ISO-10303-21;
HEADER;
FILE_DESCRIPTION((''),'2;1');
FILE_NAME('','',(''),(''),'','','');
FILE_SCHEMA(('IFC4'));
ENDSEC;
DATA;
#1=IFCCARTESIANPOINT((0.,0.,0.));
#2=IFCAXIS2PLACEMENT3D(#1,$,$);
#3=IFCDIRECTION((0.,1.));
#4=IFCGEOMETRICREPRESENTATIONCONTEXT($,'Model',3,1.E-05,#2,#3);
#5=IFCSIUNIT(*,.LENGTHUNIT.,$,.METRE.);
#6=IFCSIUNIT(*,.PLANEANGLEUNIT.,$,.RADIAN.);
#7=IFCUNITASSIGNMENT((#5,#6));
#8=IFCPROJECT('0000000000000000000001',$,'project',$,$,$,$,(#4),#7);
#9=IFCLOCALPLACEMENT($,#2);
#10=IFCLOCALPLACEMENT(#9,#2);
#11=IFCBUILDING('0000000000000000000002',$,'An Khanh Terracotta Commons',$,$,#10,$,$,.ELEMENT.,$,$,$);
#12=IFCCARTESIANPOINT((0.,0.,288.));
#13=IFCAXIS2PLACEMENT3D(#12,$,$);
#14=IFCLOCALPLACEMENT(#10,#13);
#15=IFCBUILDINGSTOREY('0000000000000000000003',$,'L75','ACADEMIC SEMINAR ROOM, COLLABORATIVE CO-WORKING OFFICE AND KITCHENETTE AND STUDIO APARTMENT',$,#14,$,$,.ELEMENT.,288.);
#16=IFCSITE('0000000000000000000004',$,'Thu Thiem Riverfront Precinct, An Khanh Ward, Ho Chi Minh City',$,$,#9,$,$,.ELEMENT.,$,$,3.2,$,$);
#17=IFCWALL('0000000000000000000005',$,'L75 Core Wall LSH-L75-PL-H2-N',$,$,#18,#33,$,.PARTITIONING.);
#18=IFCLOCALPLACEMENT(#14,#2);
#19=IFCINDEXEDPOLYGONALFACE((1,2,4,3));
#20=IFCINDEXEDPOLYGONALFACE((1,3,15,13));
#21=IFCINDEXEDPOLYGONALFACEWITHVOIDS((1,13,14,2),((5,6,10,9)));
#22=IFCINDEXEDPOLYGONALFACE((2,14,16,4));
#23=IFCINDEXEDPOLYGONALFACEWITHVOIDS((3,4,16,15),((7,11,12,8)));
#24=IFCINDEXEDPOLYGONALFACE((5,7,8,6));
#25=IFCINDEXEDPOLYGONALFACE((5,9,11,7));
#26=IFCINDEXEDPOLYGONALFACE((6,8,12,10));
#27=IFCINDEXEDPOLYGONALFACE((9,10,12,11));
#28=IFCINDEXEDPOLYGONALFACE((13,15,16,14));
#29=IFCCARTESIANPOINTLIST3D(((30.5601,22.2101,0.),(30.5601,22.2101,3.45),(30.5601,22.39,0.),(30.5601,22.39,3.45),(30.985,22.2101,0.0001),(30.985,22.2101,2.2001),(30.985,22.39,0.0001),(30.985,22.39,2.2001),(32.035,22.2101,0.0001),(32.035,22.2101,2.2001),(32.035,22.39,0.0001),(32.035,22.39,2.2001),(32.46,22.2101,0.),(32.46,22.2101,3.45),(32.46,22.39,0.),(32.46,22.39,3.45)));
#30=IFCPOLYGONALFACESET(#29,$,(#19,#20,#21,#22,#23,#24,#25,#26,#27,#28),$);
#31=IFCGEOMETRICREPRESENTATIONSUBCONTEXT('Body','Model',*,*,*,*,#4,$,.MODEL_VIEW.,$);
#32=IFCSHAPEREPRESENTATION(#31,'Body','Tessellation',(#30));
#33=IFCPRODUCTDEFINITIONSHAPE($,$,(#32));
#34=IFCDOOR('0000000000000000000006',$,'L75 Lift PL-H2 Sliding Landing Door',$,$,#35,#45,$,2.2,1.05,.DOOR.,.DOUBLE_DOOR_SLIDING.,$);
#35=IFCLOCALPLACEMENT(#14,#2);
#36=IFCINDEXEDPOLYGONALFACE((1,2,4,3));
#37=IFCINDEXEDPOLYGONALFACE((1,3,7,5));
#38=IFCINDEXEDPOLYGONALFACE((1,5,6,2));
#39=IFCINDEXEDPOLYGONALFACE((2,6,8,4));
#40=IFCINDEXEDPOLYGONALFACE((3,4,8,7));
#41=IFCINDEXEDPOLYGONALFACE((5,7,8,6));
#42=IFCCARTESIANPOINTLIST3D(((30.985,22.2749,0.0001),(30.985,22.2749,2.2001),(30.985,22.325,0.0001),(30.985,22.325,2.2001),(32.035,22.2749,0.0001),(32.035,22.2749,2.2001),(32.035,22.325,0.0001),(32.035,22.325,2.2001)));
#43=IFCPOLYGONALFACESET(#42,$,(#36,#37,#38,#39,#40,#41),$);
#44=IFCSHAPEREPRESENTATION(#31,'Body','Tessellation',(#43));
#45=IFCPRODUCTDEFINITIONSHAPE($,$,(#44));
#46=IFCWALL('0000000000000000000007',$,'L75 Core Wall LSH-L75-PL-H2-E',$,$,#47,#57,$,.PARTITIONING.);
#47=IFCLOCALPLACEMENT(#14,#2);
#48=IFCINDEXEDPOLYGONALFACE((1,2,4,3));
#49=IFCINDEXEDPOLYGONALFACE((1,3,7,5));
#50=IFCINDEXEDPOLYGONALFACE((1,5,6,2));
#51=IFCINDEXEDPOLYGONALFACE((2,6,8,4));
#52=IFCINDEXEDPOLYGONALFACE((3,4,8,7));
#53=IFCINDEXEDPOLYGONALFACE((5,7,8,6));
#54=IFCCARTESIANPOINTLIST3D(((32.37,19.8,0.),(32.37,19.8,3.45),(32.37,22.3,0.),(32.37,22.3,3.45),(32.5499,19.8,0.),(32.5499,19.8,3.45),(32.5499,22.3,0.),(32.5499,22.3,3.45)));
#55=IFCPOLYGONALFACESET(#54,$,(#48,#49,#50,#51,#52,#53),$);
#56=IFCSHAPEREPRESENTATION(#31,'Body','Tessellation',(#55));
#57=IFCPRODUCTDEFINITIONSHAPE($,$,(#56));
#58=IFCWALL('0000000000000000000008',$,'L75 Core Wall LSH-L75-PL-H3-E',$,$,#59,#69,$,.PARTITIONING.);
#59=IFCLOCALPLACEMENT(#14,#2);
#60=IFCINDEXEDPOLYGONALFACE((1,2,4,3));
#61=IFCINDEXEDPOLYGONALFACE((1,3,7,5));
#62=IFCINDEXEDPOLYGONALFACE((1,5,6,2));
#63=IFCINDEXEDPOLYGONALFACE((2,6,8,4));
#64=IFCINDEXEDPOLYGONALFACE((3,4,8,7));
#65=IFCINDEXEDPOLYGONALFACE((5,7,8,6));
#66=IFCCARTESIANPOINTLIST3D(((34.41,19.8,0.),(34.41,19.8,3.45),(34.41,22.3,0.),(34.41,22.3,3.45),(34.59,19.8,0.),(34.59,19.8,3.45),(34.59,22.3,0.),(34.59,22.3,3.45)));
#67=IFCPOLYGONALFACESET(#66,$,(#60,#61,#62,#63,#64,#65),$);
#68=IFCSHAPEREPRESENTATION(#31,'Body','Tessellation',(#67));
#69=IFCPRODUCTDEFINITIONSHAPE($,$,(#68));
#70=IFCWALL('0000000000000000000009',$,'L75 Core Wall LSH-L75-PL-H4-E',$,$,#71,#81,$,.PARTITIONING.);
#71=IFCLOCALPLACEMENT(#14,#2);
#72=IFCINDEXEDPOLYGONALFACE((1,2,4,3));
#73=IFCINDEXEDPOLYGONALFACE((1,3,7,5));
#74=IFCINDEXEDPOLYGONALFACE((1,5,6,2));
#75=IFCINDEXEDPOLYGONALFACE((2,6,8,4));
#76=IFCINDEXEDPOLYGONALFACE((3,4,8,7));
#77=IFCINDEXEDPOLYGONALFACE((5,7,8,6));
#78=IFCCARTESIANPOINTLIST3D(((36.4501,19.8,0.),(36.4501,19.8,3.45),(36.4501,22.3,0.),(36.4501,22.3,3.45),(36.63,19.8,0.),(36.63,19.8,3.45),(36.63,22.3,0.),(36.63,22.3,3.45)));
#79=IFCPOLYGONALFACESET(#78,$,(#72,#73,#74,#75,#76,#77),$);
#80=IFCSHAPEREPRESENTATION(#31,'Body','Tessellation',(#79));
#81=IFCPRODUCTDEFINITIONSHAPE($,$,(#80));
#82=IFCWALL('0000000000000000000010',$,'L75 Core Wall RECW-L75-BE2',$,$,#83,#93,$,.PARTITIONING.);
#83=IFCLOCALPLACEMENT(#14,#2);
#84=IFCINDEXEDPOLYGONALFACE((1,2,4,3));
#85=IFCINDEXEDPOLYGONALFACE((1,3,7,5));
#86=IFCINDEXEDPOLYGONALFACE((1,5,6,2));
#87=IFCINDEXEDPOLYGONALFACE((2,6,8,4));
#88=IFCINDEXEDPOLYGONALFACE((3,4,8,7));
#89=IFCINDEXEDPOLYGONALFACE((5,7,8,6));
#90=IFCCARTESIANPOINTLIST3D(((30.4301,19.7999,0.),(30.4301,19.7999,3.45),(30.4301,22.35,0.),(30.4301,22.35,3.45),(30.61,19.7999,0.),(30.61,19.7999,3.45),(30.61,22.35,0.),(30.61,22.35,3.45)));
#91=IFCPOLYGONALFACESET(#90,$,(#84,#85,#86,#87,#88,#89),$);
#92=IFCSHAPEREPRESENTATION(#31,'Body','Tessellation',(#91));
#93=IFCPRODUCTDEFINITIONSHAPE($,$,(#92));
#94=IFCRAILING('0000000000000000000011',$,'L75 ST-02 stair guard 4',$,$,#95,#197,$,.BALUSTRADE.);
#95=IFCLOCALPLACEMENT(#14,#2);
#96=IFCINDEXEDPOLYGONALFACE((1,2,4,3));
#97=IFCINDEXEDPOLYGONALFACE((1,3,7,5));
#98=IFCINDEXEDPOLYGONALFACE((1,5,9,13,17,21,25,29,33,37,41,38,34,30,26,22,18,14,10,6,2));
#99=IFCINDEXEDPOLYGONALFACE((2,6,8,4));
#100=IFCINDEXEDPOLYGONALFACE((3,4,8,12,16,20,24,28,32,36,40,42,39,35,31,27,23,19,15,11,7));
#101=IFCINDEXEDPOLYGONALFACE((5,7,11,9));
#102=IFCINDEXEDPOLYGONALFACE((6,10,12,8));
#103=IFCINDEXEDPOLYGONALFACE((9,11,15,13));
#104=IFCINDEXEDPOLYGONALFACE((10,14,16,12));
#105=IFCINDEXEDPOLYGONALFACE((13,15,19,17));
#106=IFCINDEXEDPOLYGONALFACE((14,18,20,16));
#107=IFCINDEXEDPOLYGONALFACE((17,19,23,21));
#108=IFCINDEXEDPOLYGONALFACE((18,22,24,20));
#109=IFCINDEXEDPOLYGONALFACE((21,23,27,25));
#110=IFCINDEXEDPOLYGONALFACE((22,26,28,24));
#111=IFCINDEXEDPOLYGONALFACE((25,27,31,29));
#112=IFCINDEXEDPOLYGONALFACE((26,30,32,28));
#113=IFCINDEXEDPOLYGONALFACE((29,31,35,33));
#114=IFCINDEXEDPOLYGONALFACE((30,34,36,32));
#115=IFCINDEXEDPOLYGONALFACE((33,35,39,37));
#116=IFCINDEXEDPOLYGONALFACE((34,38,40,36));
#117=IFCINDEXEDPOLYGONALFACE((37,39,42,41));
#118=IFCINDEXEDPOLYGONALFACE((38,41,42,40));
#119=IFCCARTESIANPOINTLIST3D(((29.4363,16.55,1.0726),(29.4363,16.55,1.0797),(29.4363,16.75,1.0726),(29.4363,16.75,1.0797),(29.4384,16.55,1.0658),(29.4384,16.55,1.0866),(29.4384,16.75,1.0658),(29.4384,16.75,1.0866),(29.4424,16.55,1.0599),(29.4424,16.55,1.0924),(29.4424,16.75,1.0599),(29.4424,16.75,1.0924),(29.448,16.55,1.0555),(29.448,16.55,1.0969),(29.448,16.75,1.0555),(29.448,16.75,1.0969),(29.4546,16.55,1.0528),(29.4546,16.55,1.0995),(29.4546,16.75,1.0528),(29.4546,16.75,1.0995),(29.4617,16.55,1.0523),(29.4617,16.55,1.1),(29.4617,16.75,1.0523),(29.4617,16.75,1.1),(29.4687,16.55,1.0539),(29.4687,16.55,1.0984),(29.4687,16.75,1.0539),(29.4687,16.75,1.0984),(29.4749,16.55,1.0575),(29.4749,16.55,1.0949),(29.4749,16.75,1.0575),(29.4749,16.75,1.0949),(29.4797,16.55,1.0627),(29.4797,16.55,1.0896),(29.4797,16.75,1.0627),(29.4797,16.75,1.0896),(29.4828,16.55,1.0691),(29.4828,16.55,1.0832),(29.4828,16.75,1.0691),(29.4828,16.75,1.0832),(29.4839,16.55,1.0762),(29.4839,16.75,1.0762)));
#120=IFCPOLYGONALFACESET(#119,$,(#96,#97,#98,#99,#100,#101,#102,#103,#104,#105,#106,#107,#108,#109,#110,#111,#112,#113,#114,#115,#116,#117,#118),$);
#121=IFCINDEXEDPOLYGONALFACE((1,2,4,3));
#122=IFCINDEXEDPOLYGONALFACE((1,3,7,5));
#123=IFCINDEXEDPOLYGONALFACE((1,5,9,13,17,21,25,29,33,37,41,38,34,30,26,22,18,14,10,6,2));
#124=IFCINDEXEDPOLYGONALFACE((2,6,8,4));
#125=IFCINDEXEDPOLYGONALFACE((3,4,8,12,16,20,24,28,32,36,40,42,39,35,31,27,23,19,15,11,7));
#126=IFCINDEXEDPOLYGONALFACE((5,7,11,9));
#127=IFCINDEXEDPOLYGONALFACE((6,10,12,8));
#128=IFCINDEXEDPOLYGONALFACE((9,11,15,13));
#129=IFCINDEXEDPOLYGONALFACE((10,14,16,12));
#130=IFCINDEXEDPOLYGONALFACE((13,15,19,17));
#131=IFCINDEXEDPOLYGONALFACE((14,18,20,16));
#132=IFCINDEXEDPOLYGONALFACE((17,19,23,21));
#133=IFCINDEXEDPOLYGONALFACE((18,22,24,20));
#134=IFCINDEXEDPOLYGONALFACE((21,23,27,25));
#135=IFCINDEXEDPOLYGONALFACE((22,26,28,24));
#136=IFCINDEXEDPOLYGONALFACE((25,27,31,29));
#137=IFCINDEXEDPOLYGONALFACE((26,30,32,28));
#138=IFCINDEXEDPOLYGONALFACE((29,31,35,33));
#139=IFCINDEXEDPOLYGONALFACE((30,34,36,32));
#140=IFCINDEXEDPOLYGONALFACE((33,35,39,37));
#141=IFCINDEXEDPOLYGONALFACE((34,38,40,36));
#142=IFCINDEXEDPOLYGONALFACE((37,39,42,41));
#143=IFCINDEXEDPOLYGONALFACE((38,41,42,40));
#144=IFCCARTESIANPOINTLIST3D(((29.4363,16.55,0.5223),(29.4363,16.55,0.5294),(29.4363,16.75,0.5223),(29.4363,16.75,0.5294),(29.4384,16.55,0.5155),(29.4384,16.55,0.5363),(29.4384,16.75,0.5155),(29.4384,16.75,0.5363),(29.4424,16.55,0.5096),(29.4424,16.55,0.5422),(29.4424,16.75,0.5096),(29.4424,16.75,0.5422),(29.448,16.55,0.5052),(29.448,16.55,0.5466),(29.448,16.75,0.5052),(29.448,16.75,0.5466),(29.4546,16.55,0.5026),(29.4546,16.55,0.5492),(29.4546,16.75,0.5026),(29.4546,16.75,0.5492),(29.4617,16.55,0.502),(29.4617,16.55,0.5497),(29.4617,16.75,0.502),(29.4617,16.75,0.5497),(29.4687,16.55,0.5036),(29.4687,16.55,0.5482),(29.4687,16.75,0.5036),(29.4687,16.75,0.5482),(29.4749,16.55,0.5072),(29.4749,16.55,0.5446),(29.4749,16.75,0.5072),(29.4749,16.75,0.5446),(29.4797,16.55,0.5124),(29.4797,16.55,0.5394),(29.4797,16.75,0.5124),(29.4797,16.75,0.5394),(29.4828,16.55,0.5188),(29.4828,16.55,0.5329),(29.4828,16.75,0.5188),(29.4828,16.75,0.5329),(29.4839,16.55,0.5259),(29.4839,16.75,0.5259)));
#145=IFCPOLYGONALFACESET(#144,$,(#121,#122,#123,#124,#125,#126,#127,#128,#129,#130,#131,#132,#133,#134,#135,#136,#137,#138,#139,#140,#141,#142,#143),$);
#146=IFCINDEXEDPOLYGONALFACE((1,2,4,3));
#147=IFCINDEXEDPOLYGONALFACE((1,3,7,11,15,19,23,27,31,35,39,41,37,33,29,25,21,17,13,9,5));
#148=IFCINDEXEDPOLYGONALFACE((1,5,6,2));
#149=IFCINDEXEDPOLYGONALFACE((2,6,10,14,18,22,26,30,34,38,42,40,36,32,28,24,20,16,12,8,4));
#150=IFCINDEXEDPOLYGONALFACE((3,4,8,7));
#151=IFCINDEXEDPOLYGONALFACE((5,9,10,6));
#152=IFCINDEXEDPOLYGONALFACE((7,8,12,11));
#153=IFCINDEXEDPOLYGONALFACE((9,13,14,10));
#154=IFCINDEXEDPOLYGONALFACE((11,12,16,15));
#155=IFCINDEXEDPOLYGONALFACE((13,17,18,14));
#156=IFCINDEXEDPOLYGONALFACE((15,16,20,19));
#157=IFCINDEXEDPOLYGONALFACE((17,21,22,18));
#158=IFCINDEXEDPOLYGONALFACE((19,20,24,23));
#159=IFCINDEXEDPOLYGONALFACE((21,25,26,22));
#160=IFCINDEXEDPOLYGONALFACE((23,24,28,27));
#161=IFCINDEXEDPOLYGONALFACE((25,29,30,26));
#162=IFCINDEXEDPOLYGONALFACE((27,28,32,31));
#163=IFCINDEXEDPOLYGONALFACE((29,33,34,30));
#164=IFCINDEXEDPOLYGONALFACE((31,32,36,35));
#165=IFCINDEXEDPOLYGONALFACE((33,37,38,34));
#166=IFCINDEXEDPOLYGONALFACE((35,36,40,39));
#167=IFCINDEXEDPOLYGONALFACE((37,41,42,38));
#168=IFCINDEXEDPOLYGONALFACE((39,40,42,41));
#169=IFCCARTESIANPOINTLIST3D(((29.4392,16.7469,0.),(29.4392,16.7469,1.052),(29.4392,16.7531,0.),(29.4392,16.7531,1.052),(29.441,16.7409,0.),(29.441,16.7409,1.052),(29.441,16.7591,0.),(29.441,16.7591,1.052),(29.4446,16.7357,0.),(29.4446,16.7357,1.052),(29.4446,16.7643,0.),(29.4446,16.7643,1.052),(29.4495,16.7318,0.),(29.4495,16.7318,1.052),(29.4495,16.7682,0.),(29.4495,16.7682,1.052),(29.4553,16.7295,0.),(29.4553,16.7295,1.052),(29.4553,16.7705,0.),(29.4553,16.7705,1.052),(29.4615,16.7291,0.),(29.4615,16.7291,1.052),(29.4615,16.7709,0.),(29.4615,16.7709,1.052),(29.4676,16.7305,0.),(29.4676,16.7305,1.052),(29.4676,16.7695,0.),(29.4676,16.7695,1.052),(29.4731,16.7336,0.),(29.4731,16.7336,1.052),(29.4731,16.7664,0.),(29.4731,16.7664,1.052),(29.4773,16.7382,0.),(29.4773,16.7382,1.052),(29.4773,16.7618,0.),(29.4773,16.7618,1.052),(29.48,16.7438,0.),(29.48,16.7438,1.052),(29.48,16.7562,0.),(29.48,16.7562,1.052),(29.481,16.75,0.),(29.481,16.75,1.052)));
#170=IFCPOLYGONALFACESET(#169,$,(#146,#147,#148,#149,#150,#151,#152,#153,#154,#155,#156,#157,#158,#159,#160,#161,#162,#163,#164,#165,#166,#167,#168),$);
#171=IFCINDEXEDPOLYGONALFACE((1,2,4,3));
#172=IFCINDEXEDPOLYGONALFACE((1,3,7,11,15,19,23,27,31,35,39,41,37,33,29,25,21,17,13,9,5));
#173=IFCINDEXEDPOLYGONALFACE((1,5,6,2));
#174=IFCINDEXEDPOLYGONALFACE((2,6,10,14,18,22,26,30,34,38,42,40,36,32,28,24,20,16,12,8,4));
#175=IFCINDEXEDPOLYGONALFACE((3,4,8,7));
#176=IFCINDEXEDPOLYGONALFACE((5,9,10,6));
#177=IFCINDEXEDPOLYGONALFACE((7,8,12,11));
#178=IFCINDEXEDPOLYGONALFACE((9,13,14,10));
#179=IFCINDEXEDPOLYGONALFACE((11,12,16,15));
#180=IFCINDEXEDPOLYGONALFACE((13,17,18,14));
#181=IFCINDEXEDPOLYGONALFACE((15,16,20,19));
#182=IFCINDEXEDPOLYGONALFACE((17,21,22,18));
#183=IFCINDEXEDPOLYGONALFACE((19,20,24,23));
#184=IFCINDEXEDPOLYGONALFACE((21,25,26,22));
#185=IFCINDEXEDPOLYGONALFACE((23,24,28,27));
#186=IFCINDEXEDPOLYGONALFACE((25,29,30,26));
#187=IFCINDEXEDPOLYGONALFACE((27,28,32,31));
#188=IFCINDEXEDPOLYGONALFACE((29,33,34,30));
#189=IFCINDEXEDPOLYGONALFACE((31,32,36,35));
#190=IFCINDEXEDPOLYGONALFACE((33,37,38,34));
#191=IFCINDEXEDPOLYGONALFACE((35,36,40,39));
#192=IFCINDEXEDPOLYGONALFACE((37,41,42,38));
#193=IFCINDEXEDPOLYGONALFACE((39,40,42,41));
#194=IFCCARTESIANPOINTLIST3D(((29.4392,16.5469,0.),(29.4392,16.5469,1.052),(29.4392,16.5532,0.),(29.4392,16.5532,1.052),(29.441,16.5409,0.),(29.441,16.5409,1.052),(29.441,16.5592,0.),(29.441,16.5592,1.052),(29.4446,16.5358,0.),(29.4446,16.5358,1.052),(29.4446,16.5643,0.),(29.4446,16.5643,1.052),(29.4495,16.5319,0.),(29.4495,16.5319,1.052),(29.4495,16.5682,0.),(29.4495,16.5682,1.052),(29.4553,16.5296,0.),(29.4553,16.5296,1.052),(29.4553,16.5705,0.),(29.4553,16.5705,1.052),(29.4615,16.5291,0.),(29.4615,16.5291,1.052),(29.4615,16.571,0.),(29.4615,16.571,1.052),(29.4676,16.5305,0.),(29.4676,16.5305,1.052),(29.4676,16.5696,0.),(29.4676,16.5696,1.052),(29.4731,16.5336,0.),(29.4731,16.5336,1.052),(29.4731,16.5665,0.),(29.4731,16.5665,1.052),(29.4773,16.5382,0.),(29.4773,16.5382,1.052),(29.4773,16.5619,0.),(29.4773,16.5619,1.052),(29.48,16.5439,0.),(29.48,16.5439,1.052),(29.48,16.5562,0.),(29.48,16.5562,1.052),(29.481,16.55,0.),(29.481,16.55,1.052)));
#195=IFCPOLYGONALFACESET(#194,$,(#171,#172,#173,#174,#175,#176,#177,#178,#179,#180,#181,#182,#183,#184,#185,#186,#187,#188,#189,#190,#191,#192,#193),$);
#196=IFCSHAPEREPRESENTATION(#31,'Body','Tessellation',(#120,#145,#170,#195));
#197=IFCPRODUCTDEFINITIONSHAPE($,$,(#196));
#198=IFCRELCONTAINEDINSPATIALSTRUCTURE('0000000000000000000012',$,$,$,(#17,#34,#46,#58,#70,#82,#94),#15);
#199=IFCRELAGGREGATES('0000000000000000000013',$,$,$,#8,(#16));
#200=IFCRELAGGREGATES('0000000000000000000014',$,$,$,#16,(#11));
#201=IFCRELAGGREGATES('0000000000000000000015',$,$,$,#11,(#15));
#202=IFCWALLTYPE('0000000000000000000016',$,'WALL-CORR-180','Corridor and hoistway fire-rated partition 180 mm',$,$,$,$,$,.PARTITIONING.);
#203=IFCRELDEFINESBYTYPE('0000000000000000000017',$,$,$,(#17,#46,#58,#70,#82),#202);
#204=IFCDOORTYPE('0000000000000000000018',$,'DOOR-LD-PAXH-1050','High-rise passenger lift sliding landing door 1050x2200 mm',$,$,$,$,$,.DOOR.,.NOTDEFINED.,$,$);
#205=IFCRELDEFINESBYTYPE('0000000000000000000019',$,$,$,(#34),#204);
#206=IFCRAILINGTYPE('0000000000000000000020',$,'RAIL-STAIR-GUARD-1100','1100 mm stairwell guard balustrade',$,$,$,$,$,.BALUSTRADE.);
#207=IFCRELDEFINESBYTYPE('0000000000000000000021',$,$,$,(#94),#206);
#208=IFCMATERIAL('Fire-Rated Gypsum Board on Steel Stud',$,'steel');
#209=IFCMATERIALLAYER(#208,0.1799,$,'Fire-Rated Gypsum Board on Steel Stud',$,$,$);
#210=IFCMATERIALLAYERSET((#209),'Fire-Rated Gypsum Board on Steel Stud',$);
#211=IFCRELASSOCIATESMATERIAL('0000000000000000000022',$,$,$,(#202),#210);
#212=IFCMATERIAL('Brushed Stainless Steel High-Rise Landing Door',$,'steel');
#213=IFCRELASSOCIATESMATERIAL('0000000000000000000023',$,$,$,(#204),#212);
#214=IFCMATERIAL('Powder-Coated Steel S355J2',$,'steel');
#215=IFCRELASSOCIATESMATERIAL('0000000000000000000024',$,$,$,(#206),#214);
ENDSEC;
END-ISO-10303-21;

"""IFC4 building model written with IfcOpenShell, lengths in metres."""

from ifc_helpers import new_model, si_unit, direction, frame, frame_2d, origin, origin_2d, place, context, subcontext, project, spatial, rectangle, circle, extrude, material, layer, layer_set, type_object, element, fill, save


model = new_model("IFC4")

# Units and contexts
model_context = context("Model", 3, precision=1e-05, world=origin(), true_north=direction((0.0, 1.0)))
body_context = subcontext(model_context, "Body", "Model", "MODEL_VIEW")
ifc_project = project(units=[si_unit("LENGTHUNIT", "METRE"), si_unit("PLANEANGLEUNIT", "RADIAN")], contexts=[model_context])

# Site, building, storey
site_placement = place(None, origin())
site = spatial("IfcSite", under=ifc_project, at=site_placement, Name="Thu Thiem Riverfront Precinct, An Khanh Ward, Ho Chi Minh City", CompositionType="ELEMENT", RefElevation=3.2)
building_placement = place(site_placement, origin())
building = spatial("IfcBuilding", under=site, at=building_placement, Name="An Khanh Terracotta Commons", CompositionType="ELEMENT")
storey_placement = place(building_placement, frame((0.0, 0.0, 288.0)))
storey = spatial("IfcBuildingStorey", under=building, at=storey_placement, Name="L75", Description="ACADEMIC SEMINAR ROOM, COLLABORATIVE CO-WORKING OFFICE AND KITCHENETTE AND STUDIO APARTMENT", CompositionType="ELEMENT", Elevation=288.0)

# Shared definitions
ifc_material_1 = material(Name="Fire-Rated Gypsum Board on Steel Stud", Category="steel")
ifc_layer_1 = layer(ifc_material_1, 0.1799, Name="Fire-Rated Gypsum Board on Steel Stud")
ifc_layer_set_1 = layer_set([ifc_layer_1], Name="Fire-Rated Gypsum Board on Steel Stud")
wall_type_1 = type_object("IfcWallType", Name="WALL-CORR-180", Description="Corridor and hoistway fire-rated partition 180 mm", PredefinedType="PARTITIONING", material=ifc_layer_set_1)

# Wall, opening, door
wall_1_placement = place(storey_placement, frame((30.5601, 22.3, 0.0), z_axis=(0.0, 0.0, 1.0), x_axis=(1.0, 0.0, 0.0)))
wall_1 = element("IfcWall", 1, at=wall_1_placement, inside=storey, type_object=wall_type_1, Name="L75 Core Wall LSH-L75-PL-H2-N", PredefinedType="PARTITIONING", context=body_context, shape_type="SweptSolid", body=[
    extrude(rectangle(XDim=1.8999, YDim=0.1799, at=frame_2d((0.95, 0.0))), origin(), (0.0, 0.0, 1.0), 3.45),
])
opening_1_placement = place(wall_1_placement, frame((0.425, 0.0, 0.0)))
opening_1 = element("IfcOpeningElement", 2, at=opening_1_placement, cuts=wall_1, PredefinedType="OPENING", context=body_context, shape_type="SweptSolid", body=[
    extrude(rectangle(XDim=1.05, YDim=2.2, at=frame_2d((0.5249, 1.1001))), frame((0.0, 0.0999, 0.0), z_axis=(0.0, -1.0, 0.0), x_axis=(1.0, 0.0, 0.0)), (0.0, 0.0, 1.0), 0.2),
])
ifc_material_2 = material(Name="Brushed Stainless Steel High-Rise Landing Door", Category="steel")
door_type_1 = type_object("IfcDoorType", Name="DOOR-LD-PAXH-1050", Description="High-rise passenger lift sliding landing door 1050x2200 mm", OperationType="NOTDEFINED", PredefinedType="DOOR", material=ifc_material_2)
door_1_placement = place(opening_1_placement, origin())
door_1 = element("IfcDoor", 3, at=door_1_placement, inside=storey, type_object=door_type_1, Name="L75 Lift PL-H2 Sliding Landing Door", OperationType="DOUBLE_DOOR_SLIDING", OverallHeight=2.2, OverallWidth=1.05, PredefinedType="DOOR", context=body_context, shape_type="SweptSolid", body=[
    extrude(rectangle(XDim=1.05, YDim=2.2, at=frame_2d((0.5249, 1.1001))), frame((0.0, 0.0249, 0.0), z_axis=(0.0, -1.0, 0.0), x_axis=(1.0, 0.0, 0.0)), (0.0, 0.0, 1.0), 0.05),
])
fill(opening_1, door_1)

# Walls
for number, where, z_axis, x_axis, name in (
    (4, (32.46, 19.8, 0.0), (0.0, 0.0, 1.0), (0.0, 1.0, 0.0), "L75 Core Wall LSH-L75-PL-H2-E"),
    (5, (34.5, 19.8, 0.0), (0.0, 0.0, 1.0), (0.0, 1.0, 0.0), "L75 Core Wall LSH-L75-PL-H3-E"),
    (6, (36.54, 19.8, 0.0), (0.0, 0.0, 1.0), (0.0, 1.0, 0.0), "L75 Core Wall LSH-L75-PL-H4-E"),
):
    element("IfcWall", number, at=place(storey_placement, frame(where, z_axis=z_axis, x_axis=x_axis)), inside=storey, type_object=wall_type_1, Name=name, PredefinedType="PARTITIONING", context=body_context, shape_type="SweptSolid", body=[
        extrude(rectangle(XDim=2.5, YDim=0.1799, at=frame_2d((1.25, 0.0))), origin(), (0.0, 0.0, 1.0), 3.45),
    ])
wall_2_placement = place(storey_placement, frame((30.52, 19.8, 0.0), z_axis=(0.0, 0.0, 1.0), x_axis=(0.0, 1.0, 0.0)))
element("IfcWall", 7, at=wall_2_placement, inside=storey, type_object=wall_type_1, Name="L75 Core Wall RECW-L75-BE2", PredefinedType="PARTITIONING", context=body_context, shape_type="SweptSolid", body=[
    extrude(rectangle(XDim=2.55, YDim=0.1799, at=frame_2d((1.2749, 0.0))), origin(), (0.0, 0.0, 1.0), 3.45),
])

# Railing
ifc_material_3 = material(Name="Powder-Coated Steel S355J2", Category="steel")
railing_type = type_object("IfcRailingType", Name="RAIL-STAIR-GUARD-1100", Description="1100 mm stairwell guard balustrade", PredefinedType="BALUSTRADE", material=ifc_material_3)
railing_placement = place(storey_placement, frame((29.46, 16.75, 0.0)))
element("IfcRailing", 8, at=railing_placement, inside=storey, type_object=railing_type, Name="L75 ST-02 stair guard 4", PredefinedType="BALUSTRADE", context=body_context, shape_type="SweptSolid", body=[
    extrude(circle(Radius=0.0239, at=origin_2d()), frame((0.0, 0.0, 1.0762), z_axis=(0.0, -1.0, 0.0), x_axis=(1.0, 0.0, 0.0)), (0.0, 0.0, 1.0), 0.2),
    extrude(circle(Radius=0.0239, at=origin_2d()), frame((0.0, 0.0, 0.5259), z_axis=(0.0, -1.0, 0.0), x_axis=(1.0, 0.0, 0.0)), (0.0, 0.0, 1.0), 0.2),
    extrude(circle(Radius=0.021, at=origin_2d()), origin(), (0.0, 0.0, 1.0), 1.052),
    extrude(circle(Radius=0.021, at=origin_2d()), frame((0.0, -0.2, 0.0)), (0.0, 0.0, 1.0), 1.052),
])

save(model, "model.ifc")
